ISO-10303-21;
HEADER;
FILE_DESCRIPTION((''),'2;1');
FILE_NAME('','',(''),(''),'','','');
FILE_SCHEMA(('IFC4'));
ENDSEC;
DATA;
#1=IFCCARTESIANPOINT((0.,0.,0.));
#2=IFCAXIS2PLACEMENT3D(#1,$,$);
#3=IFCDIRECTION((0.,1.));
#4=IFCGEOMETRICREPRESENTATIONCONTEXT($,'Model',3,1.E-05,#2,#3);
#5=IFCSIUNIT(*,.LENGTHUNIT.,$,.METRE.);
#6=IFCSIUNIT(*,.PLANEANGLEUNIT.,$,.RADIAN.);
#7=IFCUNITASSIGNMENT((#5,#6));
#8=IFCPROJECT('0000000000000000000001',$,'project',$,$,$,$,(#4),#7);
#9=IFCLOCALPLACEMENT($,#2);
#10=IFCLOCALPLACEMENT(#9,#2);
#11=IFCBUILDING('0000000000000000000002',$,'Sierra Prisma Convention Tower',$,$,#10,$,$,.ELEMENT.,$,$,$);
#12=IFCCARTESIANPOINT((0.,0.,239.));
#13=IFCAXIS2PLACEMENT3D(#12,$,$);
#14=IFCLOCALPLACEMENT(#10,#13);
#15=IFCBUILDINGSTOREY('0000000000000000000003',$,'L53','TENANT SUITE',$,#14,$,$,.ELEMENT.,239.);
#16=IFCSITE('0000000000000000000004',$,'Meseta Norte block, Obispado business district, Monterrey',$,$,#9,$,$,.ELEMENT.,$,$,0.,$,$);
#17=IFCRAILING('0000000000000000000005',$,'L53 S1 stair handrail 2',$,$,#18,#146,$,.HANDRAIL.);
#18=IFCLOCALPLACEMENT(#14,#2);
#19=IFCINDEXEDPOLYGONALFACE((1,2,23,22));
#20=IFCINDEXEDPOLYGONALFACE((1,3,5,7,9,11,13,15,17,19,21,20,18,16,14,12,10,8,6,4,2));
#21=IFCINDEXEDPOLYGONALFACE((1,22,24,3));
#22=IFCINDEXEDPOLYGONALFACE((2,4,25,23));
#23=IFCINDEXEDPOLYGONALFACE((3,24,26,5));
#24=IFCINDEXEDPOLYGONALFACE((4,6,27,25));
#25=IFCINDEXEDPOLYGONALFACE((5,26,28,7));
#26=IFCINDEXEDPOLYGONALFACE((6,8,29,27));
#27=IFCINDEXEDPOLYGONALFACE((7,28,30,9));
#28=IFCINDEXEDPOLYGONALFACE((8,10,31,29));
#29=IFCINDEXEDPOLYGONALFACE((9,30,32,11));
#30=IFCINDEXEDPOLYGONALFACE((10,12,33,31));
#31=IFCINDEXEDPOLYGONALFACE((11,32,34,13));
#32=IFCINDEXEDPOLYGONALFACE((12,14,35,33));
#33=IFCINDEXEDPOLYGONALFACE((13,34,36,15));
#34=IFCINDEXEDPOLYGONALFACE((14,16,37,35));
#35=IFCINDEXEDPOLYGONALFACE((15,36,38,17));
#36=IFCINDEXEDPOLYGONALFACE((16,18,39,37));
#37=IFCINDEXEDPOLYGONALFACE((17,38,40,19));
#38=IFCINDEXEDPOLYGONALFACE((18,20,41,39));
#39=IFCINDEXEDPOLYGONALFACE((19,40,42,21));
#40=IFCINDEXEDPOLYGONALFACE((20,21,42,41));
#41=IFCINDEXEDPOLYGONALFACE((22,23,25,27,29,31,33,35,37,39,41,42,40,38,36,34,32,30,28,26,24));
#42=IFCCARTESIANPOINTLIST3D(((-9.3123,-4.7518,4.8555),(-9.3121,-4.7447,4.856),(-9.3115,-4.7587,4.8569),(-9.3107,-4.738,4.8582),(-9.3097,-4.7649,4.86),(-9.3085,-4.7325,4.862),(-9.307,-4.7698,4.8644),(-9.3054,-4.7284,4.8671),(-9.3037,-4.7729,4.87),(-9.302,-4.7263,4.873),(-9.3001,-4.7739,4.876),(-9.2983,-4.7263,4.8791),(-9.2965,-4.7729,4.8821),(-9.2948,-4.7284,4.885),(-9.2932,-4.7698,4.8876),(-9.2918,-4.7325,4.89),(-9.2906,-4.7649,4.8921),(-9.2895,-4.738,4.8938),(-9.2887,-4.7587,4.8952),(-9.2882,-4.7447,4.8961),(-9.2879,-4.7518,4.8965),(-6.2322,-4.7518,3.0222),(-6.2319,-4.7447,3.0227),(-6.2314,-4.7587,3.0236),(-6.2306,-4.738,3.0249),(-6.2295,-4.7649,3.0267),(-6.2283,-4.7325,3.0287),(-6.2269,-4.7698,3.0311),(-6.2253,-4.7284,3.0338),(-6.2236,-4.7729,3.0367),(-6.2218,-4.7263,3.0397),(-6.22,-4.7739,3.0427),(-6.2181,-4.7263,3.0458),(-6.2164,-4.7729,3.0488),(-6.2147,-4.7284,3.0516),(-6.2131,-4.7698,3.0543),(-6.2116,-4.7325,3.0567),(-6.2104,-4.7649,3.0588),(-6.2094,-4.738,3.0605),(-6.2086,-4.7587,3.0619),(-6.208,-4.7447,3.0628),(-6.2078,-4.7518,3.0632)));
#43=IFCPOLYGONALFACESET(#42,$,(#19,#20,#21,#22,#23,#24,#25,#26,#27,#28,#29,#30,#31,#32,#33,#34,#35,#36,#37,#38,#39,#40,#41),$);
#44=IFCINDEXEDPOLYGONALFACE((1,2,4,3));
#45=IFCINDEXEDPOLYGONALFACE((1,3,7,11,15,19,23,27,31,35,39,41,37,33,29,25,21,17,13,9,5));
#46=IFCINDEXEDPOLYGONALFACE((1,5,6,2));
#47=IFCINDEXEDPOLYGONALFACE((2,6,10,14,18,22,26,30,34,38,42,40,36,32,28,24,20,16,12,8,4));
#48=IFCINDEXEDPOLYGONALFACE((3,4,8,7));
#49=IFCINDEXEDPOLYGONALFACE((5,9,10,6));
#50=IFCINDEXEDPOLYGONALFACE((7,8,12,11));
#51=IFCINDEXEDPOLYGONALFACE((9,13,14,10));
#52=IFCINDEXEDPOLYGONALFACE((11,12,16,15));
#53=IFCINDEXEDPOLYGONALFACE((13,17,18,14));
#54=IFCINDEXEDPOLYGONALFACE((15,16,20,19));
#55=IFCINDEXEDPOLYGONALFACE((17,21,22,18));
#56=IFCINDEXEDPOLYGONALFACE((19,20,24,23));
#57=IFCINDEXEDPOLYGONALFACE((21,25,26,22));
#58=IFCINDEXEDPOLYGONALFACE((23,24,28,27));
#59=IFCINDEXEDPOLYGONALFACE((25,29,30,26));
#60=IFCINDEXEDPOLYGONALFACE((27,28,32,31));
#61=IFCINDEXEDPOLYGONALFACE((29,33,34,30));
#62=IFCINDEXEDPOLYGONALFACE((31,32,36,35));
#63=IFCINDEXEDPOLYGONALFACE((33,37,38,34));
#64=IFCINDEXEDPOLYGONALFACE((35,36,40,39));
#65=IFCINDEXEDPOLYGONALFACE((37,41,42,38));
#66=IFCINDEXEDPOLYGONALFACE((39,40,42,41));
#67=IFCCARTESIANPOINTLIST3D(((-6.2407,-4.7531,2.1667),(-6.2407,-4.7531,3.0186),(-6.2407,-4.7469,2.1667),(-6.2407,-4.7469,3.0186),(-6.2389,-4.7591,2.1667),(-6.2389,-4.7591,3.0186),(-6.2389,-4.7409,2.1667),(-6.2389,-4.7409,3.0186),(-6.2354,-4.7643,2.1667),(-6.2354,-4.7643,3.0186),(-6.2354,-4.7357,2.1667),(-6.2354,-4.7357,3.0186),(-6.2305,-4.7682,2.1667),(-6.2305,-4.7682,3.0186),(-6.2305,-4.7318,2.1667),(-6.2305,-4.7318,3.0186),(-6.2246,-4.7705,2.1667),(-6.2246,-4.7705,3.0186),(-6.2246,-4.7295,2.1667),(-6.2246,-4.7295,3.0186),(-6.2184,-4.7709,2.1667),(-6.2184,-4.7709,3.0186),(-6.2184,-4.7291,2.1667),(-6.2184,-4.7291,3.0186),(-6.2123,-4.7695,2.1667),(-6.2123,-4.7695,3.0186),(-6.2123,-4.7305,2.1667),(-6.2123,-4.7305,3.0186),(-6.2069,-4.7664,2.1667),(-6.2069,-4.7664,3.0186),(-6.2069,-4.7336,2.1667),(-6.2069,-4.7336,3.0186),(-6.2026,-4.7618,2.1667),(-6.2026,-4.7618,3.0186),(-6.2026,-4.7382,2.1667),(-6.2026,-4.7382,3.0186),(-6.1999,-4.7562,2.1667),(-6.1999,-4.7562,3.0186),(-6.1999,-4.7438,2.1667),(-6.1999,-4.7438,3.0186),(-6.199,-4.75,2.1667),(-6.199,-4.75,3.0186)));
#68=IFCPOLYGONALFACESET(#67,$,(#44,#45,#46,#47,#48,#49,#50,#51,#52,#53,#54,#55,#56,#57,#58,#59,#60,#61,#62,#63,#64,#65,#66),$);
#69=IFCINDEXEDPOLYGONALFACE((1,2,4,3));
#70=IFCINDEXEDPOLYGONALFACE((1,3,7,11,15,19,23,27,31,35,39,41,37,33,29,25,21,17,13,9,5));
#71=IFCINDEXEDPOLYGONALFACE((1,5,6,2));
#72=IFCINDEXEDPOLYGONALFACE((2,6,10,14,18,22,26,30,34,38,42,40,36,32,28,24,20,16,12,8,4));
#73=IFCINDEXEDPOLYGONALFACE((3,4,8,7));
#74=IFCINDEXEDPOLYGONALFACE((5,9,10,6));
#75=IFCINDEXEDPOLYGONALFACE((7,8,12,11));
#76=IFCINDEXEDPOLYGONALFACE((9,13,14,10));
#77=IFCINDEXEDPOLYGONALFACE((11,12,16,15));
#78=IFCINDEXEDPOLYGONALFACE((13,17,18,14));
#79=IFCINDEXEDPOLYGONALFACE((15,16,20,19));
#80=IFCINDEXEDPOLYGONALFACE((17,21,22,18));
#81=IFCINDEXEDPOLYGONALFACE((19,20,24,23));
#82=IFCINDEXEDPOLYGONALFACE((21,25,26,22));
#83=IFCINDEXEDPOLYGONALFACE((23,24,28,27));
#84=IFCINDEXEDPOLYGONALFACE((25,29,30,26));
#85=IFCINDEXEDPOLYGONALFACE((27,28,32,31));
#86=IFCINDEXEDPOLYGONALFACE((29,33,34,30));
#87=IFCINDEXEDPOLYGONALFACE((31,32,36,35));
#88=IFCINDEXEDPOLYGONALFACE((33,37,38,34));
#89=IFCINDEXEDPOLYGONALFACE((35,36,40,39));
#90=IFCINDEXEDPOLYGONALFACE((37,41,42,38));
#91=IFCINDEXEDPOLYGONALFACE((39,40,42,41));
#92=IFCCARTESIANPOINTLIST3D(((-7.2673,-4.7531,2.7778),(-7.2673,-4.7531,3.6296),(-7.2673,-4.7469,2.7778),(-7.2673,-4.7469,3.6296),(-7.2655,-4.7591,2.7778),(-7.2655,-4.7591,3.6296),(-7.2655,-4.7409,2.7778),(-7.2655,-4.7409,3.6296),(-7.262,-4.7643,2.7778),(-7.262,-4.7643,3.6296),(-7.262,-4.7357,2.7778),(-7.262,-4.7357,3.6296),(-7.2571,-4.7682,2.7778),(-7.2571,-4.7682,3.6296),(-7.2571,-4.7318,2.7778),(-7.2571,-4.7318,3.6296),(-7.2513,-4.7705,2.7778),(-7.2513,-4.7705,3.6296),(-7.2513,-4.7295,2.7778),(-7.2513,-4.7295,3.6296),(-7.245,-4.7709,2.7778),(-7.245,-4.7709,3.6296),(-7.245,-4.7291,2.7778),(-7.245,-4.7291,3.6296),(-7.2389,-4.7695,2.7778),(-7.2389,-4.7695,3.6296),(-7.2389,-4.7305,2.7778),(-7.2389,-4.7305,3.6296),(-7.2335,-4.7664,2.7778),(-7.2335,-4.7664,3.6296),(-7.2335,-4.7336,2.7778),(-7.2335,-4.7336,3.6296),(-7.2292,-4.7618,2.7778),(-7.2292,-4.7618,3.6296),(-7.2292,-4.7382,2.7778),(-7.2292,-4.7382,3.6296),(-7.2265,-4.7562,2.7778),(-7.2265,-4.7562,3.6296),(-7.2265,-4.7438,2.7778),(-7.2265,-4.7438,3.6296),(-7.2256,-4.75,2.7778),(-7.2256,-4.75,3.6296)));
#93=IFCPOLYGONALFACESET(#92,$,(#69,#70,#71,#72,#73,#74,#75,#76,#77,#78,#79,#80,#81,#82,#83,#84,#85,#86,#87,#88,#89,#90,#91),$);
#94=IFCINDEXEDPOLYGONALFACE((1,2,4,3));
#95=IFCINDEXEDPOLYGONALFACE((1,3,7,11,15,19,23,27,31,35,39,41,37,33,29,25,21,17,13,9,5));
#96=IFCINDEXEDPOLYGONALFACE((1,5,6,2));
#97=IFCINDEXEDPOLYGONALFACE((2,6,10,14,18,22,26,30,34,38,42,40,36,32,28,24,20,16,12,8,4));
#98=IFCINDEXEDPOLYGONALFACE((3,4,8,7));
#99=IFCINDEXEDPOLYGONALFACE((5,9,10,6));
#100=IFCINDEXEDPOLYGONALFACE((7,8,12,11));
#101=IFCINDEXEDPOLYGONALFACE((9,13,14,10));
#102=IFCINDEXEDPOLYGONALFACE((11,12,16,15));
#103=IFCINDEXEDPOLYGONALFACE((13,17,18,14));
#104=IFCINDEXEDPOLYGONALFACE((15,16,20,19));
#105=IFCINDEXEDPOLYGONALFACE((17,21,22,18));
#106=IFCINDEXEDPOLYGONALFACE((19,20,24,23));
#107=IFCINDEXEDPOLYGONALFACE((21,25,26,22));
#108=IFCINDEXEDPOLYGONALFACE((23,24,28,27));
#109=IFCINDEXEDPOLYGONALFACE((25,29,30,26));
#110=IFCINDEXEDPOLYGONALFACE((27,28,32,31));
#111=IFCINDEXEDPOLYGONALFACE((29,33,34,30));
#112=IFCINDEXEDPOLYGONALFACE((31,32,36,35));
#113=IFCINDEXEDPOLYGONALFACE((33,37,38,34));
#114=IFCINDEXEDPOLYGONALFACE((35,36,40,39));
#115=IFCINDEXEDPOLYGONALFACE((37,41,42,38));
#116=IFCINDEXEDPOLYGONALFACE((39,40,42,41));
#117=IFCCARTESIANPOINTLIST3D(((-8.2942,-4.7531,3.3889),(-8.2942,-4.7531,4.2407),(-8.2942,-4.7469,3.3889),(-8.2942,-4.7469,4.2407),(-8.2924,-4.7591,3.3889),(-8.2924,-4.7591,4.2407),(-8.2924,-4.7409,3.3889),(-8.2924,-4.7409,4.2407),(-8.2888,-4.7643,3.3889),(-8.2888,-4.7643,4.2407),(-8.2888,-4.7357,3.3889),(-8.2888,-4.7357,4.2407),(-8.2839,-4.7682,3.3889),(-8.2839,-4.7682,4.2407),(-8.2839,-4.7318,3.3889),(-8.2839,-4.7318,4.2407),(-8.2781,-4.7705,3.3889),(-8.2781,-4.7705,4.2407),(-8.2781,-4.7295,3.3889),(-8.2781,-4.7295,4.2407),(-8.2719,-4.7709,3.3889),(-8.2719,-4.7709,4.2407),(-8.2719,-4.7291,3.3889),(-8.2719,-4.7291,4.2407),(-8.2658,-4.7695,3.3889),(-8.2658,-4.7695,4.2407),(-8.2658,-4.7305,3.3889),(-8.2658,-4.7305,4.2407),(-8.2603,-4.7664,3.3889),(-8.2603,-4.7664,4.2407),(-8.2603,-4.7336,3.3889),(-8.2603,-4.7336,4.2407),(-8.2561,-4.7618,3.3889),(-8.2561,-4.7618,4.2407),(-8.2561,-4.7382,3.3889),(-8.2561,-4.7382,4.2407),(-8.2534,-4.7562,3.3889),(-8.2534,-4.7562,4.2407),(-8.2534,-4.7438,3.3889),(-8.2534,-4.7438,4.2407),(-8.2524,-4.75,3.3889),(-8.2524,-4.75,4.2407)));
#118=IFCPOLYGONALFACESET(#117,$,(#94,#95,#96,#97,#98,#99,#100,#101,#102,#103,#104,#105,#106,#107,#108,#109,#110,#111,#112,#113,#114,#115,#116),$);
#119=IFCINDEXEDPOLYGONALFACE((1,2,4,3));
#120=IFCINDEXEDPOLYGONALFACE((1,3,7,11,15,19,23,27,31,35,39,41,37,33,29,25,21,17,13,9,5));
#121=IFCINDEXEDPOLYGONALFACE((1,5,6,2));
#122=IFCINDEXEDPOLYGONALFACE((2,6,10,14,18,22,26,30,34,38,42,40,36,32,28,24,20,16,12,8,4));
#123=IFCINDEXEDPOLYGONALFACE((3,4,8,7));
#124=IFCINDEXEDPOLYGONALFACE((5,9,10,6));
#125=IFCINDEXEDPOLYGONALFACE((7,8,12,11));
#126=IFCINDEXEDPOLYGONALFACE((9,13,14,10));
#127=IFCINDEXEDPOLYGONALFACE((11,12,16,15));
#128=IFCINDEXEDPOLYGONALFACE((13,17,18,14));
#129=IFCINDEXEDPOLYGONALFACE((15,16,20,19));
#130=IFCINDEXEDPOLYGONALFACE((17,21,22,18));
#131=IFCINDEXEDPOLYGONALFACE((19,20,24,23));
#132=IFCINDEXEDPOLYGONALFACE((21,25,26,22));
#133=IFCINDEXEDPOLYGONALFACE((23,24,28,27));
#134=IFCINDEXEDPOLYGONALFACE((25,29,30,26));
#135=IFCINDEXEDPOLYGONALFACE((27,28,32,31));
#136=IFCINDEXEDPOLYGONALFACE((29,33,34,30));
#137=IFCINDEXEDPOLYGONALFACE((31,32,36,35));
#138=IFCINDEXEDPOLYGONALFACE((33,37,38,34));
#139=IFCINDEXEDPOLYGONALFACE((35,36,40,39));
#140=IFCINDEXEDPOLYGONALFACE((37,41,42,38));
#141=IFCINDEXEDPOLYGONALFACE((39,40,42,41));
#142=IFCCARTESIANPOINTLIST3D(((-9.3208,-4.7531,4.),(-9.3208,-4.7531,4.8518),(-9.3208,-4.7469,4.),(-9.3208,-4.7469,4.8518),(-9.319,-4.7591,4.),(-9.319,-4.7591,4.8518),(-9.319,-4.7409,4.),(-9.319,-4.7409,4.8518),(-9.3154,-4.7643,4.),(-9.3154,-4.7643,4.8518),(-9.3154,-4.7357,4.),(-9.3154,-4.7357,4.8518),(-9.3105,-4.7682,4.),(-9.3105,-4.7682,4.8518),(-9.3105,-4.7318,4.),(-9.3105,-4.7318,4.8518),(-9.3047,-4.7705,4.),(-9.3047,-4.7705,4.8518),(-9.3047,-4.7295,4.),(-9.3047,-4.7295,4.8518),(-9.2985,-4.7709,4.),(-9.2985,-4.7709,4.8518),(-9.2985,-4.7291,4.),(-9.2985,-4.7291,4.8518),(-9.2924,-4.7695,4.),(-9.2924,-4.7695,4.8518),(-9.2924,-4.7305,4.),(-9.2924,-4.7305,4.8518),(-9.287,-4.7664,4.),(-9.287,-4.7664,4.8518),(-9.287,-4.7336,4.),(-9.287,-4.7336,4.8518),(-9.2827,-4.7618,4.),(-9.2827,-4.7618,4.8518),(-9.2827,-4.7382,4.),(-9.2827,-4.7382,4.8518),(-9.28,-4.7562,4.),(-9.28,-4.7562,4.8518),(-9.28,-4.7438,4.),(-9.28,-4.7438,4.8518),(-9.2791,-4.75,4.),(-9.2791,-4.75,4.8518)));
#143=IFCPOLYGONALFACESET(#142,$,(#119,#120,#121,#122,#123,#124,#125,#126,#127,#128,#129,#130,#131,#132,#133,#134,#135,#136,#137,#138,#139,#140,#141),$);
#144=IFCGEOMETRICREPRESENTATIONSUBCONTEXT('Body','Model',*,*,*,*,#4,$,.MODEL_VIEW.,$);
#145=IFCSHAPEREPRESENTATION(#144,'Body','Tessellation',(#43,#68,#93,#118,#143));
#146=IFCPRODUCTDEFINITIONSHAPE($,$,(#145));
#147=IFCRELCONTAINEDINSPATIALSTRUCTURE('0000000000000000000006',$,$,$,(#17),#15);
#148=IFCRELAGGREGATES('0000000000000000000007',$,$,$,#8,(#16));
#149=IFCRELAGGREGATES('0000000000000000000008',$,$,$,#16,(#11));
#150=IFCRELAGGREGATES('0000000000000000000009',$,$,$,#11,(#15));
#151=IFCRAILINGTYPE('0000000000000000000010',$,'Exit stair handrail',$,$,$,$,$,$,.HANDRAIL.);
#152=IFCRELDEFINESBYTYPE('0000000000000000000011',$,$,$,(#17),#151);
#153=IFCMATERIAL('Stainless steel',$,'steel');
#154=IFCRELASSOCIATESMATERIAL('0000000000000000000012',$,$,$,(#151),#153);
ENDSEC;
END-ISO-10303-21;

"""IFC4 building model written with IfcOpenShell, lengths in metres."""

from ifc_helpers import new_model, si_unit, direction, frame, origin, origin_2d, place, context, subcontext, project, spatial, circle, extrude, material, type_object, element, save


model = new_model("IFC4")

# Units and contexts
model_context = context("Model", 3, precision=1e-05, world=origin(), true_north=direction((0.0, 1.0)))
body_context = subcontext(model_context, "Body", "Model", "MODEL_VIEW")
ifc_project = project(units=[si_unit("LENGTHUNIT", "METRE"), si_unit("PLANEANGLEUNIT", "RADIAN")], contexts=[model_context])

# Site, building, storey
site_placement = place(None, origin())
site = spatial("IfcSite", under=ifc_project, at=site_placement, Name="Meseta Norte block, Obispado business district, Monterrey", CompositionType="ELEMENT", RefElevation=0.0)
building_placement = place(site_placement, origin())
building = spatial("IfcBuilding", under=site, at=building_placement, Name="Sierra Prisma Convention Tower", CompositionType="ELEMENT")
storey_placement = place(building_placement, frame((0.0, 0.0, 239.0)))
storey = spatial("IfcBuildingStorey", under=building, at=storey_placement, Name="L53", Description="TENANT SUITE", CompositionType="ELEMENT", Elevation=239.0)

# Railing
ifc_material_1 = material(Name="Stainless steel", Category="steel")
railing_type_1 = type_object("IfcRailingType", Name="Exit stair handrail", PredefinedType="HANDRAIL", material=ifc_material_1)
railing_1_placement = place(storey_placement, frame((-6.22, -4.75, 2.1667)))
element("IfcRailing", 1, at=railing_1_placement, inside=storey, type_object=railing_type_1, Name="L53 S1 stair handrail 2", PredefinedType="HANDRAIL", context=body_context, shape_type="SweptSolid", body=[
    extrude(circle(Radius=0.0239, at=origin_2d()), frame((0.0, 0.0, 0.876), z_axis=(-0.859309, 0.0, 0.511458), x_axis=(0.0, -1.0, 0.0)), (0.0, 0.0, 1.0), 3.5845),
    extrude(circle(Radius=0.021, at=origin_2d()), origin(), (0.0, 0.0, 1.0), 0.8518),
    extrude(circle(Radius=0.021, at=origin_2d()), frame((-1.0266, 0.0, 0.6111)), (0.0, 0.0, 1.0), 0.8518),
    extrude(circle(Radius=0.021, at=origin_2d()), frame((-2.0535, 0.0, 1.2222)), (0.0, 0.0, 1.0), 0.8518),
    extrude(circle(Radius=0.021, at=origin_2d()), frame((-3.0801, 0.0, 1.8333)), (0.0, 0.0, 1.0), 0.8518),
])

save(model, "model.ifc")
